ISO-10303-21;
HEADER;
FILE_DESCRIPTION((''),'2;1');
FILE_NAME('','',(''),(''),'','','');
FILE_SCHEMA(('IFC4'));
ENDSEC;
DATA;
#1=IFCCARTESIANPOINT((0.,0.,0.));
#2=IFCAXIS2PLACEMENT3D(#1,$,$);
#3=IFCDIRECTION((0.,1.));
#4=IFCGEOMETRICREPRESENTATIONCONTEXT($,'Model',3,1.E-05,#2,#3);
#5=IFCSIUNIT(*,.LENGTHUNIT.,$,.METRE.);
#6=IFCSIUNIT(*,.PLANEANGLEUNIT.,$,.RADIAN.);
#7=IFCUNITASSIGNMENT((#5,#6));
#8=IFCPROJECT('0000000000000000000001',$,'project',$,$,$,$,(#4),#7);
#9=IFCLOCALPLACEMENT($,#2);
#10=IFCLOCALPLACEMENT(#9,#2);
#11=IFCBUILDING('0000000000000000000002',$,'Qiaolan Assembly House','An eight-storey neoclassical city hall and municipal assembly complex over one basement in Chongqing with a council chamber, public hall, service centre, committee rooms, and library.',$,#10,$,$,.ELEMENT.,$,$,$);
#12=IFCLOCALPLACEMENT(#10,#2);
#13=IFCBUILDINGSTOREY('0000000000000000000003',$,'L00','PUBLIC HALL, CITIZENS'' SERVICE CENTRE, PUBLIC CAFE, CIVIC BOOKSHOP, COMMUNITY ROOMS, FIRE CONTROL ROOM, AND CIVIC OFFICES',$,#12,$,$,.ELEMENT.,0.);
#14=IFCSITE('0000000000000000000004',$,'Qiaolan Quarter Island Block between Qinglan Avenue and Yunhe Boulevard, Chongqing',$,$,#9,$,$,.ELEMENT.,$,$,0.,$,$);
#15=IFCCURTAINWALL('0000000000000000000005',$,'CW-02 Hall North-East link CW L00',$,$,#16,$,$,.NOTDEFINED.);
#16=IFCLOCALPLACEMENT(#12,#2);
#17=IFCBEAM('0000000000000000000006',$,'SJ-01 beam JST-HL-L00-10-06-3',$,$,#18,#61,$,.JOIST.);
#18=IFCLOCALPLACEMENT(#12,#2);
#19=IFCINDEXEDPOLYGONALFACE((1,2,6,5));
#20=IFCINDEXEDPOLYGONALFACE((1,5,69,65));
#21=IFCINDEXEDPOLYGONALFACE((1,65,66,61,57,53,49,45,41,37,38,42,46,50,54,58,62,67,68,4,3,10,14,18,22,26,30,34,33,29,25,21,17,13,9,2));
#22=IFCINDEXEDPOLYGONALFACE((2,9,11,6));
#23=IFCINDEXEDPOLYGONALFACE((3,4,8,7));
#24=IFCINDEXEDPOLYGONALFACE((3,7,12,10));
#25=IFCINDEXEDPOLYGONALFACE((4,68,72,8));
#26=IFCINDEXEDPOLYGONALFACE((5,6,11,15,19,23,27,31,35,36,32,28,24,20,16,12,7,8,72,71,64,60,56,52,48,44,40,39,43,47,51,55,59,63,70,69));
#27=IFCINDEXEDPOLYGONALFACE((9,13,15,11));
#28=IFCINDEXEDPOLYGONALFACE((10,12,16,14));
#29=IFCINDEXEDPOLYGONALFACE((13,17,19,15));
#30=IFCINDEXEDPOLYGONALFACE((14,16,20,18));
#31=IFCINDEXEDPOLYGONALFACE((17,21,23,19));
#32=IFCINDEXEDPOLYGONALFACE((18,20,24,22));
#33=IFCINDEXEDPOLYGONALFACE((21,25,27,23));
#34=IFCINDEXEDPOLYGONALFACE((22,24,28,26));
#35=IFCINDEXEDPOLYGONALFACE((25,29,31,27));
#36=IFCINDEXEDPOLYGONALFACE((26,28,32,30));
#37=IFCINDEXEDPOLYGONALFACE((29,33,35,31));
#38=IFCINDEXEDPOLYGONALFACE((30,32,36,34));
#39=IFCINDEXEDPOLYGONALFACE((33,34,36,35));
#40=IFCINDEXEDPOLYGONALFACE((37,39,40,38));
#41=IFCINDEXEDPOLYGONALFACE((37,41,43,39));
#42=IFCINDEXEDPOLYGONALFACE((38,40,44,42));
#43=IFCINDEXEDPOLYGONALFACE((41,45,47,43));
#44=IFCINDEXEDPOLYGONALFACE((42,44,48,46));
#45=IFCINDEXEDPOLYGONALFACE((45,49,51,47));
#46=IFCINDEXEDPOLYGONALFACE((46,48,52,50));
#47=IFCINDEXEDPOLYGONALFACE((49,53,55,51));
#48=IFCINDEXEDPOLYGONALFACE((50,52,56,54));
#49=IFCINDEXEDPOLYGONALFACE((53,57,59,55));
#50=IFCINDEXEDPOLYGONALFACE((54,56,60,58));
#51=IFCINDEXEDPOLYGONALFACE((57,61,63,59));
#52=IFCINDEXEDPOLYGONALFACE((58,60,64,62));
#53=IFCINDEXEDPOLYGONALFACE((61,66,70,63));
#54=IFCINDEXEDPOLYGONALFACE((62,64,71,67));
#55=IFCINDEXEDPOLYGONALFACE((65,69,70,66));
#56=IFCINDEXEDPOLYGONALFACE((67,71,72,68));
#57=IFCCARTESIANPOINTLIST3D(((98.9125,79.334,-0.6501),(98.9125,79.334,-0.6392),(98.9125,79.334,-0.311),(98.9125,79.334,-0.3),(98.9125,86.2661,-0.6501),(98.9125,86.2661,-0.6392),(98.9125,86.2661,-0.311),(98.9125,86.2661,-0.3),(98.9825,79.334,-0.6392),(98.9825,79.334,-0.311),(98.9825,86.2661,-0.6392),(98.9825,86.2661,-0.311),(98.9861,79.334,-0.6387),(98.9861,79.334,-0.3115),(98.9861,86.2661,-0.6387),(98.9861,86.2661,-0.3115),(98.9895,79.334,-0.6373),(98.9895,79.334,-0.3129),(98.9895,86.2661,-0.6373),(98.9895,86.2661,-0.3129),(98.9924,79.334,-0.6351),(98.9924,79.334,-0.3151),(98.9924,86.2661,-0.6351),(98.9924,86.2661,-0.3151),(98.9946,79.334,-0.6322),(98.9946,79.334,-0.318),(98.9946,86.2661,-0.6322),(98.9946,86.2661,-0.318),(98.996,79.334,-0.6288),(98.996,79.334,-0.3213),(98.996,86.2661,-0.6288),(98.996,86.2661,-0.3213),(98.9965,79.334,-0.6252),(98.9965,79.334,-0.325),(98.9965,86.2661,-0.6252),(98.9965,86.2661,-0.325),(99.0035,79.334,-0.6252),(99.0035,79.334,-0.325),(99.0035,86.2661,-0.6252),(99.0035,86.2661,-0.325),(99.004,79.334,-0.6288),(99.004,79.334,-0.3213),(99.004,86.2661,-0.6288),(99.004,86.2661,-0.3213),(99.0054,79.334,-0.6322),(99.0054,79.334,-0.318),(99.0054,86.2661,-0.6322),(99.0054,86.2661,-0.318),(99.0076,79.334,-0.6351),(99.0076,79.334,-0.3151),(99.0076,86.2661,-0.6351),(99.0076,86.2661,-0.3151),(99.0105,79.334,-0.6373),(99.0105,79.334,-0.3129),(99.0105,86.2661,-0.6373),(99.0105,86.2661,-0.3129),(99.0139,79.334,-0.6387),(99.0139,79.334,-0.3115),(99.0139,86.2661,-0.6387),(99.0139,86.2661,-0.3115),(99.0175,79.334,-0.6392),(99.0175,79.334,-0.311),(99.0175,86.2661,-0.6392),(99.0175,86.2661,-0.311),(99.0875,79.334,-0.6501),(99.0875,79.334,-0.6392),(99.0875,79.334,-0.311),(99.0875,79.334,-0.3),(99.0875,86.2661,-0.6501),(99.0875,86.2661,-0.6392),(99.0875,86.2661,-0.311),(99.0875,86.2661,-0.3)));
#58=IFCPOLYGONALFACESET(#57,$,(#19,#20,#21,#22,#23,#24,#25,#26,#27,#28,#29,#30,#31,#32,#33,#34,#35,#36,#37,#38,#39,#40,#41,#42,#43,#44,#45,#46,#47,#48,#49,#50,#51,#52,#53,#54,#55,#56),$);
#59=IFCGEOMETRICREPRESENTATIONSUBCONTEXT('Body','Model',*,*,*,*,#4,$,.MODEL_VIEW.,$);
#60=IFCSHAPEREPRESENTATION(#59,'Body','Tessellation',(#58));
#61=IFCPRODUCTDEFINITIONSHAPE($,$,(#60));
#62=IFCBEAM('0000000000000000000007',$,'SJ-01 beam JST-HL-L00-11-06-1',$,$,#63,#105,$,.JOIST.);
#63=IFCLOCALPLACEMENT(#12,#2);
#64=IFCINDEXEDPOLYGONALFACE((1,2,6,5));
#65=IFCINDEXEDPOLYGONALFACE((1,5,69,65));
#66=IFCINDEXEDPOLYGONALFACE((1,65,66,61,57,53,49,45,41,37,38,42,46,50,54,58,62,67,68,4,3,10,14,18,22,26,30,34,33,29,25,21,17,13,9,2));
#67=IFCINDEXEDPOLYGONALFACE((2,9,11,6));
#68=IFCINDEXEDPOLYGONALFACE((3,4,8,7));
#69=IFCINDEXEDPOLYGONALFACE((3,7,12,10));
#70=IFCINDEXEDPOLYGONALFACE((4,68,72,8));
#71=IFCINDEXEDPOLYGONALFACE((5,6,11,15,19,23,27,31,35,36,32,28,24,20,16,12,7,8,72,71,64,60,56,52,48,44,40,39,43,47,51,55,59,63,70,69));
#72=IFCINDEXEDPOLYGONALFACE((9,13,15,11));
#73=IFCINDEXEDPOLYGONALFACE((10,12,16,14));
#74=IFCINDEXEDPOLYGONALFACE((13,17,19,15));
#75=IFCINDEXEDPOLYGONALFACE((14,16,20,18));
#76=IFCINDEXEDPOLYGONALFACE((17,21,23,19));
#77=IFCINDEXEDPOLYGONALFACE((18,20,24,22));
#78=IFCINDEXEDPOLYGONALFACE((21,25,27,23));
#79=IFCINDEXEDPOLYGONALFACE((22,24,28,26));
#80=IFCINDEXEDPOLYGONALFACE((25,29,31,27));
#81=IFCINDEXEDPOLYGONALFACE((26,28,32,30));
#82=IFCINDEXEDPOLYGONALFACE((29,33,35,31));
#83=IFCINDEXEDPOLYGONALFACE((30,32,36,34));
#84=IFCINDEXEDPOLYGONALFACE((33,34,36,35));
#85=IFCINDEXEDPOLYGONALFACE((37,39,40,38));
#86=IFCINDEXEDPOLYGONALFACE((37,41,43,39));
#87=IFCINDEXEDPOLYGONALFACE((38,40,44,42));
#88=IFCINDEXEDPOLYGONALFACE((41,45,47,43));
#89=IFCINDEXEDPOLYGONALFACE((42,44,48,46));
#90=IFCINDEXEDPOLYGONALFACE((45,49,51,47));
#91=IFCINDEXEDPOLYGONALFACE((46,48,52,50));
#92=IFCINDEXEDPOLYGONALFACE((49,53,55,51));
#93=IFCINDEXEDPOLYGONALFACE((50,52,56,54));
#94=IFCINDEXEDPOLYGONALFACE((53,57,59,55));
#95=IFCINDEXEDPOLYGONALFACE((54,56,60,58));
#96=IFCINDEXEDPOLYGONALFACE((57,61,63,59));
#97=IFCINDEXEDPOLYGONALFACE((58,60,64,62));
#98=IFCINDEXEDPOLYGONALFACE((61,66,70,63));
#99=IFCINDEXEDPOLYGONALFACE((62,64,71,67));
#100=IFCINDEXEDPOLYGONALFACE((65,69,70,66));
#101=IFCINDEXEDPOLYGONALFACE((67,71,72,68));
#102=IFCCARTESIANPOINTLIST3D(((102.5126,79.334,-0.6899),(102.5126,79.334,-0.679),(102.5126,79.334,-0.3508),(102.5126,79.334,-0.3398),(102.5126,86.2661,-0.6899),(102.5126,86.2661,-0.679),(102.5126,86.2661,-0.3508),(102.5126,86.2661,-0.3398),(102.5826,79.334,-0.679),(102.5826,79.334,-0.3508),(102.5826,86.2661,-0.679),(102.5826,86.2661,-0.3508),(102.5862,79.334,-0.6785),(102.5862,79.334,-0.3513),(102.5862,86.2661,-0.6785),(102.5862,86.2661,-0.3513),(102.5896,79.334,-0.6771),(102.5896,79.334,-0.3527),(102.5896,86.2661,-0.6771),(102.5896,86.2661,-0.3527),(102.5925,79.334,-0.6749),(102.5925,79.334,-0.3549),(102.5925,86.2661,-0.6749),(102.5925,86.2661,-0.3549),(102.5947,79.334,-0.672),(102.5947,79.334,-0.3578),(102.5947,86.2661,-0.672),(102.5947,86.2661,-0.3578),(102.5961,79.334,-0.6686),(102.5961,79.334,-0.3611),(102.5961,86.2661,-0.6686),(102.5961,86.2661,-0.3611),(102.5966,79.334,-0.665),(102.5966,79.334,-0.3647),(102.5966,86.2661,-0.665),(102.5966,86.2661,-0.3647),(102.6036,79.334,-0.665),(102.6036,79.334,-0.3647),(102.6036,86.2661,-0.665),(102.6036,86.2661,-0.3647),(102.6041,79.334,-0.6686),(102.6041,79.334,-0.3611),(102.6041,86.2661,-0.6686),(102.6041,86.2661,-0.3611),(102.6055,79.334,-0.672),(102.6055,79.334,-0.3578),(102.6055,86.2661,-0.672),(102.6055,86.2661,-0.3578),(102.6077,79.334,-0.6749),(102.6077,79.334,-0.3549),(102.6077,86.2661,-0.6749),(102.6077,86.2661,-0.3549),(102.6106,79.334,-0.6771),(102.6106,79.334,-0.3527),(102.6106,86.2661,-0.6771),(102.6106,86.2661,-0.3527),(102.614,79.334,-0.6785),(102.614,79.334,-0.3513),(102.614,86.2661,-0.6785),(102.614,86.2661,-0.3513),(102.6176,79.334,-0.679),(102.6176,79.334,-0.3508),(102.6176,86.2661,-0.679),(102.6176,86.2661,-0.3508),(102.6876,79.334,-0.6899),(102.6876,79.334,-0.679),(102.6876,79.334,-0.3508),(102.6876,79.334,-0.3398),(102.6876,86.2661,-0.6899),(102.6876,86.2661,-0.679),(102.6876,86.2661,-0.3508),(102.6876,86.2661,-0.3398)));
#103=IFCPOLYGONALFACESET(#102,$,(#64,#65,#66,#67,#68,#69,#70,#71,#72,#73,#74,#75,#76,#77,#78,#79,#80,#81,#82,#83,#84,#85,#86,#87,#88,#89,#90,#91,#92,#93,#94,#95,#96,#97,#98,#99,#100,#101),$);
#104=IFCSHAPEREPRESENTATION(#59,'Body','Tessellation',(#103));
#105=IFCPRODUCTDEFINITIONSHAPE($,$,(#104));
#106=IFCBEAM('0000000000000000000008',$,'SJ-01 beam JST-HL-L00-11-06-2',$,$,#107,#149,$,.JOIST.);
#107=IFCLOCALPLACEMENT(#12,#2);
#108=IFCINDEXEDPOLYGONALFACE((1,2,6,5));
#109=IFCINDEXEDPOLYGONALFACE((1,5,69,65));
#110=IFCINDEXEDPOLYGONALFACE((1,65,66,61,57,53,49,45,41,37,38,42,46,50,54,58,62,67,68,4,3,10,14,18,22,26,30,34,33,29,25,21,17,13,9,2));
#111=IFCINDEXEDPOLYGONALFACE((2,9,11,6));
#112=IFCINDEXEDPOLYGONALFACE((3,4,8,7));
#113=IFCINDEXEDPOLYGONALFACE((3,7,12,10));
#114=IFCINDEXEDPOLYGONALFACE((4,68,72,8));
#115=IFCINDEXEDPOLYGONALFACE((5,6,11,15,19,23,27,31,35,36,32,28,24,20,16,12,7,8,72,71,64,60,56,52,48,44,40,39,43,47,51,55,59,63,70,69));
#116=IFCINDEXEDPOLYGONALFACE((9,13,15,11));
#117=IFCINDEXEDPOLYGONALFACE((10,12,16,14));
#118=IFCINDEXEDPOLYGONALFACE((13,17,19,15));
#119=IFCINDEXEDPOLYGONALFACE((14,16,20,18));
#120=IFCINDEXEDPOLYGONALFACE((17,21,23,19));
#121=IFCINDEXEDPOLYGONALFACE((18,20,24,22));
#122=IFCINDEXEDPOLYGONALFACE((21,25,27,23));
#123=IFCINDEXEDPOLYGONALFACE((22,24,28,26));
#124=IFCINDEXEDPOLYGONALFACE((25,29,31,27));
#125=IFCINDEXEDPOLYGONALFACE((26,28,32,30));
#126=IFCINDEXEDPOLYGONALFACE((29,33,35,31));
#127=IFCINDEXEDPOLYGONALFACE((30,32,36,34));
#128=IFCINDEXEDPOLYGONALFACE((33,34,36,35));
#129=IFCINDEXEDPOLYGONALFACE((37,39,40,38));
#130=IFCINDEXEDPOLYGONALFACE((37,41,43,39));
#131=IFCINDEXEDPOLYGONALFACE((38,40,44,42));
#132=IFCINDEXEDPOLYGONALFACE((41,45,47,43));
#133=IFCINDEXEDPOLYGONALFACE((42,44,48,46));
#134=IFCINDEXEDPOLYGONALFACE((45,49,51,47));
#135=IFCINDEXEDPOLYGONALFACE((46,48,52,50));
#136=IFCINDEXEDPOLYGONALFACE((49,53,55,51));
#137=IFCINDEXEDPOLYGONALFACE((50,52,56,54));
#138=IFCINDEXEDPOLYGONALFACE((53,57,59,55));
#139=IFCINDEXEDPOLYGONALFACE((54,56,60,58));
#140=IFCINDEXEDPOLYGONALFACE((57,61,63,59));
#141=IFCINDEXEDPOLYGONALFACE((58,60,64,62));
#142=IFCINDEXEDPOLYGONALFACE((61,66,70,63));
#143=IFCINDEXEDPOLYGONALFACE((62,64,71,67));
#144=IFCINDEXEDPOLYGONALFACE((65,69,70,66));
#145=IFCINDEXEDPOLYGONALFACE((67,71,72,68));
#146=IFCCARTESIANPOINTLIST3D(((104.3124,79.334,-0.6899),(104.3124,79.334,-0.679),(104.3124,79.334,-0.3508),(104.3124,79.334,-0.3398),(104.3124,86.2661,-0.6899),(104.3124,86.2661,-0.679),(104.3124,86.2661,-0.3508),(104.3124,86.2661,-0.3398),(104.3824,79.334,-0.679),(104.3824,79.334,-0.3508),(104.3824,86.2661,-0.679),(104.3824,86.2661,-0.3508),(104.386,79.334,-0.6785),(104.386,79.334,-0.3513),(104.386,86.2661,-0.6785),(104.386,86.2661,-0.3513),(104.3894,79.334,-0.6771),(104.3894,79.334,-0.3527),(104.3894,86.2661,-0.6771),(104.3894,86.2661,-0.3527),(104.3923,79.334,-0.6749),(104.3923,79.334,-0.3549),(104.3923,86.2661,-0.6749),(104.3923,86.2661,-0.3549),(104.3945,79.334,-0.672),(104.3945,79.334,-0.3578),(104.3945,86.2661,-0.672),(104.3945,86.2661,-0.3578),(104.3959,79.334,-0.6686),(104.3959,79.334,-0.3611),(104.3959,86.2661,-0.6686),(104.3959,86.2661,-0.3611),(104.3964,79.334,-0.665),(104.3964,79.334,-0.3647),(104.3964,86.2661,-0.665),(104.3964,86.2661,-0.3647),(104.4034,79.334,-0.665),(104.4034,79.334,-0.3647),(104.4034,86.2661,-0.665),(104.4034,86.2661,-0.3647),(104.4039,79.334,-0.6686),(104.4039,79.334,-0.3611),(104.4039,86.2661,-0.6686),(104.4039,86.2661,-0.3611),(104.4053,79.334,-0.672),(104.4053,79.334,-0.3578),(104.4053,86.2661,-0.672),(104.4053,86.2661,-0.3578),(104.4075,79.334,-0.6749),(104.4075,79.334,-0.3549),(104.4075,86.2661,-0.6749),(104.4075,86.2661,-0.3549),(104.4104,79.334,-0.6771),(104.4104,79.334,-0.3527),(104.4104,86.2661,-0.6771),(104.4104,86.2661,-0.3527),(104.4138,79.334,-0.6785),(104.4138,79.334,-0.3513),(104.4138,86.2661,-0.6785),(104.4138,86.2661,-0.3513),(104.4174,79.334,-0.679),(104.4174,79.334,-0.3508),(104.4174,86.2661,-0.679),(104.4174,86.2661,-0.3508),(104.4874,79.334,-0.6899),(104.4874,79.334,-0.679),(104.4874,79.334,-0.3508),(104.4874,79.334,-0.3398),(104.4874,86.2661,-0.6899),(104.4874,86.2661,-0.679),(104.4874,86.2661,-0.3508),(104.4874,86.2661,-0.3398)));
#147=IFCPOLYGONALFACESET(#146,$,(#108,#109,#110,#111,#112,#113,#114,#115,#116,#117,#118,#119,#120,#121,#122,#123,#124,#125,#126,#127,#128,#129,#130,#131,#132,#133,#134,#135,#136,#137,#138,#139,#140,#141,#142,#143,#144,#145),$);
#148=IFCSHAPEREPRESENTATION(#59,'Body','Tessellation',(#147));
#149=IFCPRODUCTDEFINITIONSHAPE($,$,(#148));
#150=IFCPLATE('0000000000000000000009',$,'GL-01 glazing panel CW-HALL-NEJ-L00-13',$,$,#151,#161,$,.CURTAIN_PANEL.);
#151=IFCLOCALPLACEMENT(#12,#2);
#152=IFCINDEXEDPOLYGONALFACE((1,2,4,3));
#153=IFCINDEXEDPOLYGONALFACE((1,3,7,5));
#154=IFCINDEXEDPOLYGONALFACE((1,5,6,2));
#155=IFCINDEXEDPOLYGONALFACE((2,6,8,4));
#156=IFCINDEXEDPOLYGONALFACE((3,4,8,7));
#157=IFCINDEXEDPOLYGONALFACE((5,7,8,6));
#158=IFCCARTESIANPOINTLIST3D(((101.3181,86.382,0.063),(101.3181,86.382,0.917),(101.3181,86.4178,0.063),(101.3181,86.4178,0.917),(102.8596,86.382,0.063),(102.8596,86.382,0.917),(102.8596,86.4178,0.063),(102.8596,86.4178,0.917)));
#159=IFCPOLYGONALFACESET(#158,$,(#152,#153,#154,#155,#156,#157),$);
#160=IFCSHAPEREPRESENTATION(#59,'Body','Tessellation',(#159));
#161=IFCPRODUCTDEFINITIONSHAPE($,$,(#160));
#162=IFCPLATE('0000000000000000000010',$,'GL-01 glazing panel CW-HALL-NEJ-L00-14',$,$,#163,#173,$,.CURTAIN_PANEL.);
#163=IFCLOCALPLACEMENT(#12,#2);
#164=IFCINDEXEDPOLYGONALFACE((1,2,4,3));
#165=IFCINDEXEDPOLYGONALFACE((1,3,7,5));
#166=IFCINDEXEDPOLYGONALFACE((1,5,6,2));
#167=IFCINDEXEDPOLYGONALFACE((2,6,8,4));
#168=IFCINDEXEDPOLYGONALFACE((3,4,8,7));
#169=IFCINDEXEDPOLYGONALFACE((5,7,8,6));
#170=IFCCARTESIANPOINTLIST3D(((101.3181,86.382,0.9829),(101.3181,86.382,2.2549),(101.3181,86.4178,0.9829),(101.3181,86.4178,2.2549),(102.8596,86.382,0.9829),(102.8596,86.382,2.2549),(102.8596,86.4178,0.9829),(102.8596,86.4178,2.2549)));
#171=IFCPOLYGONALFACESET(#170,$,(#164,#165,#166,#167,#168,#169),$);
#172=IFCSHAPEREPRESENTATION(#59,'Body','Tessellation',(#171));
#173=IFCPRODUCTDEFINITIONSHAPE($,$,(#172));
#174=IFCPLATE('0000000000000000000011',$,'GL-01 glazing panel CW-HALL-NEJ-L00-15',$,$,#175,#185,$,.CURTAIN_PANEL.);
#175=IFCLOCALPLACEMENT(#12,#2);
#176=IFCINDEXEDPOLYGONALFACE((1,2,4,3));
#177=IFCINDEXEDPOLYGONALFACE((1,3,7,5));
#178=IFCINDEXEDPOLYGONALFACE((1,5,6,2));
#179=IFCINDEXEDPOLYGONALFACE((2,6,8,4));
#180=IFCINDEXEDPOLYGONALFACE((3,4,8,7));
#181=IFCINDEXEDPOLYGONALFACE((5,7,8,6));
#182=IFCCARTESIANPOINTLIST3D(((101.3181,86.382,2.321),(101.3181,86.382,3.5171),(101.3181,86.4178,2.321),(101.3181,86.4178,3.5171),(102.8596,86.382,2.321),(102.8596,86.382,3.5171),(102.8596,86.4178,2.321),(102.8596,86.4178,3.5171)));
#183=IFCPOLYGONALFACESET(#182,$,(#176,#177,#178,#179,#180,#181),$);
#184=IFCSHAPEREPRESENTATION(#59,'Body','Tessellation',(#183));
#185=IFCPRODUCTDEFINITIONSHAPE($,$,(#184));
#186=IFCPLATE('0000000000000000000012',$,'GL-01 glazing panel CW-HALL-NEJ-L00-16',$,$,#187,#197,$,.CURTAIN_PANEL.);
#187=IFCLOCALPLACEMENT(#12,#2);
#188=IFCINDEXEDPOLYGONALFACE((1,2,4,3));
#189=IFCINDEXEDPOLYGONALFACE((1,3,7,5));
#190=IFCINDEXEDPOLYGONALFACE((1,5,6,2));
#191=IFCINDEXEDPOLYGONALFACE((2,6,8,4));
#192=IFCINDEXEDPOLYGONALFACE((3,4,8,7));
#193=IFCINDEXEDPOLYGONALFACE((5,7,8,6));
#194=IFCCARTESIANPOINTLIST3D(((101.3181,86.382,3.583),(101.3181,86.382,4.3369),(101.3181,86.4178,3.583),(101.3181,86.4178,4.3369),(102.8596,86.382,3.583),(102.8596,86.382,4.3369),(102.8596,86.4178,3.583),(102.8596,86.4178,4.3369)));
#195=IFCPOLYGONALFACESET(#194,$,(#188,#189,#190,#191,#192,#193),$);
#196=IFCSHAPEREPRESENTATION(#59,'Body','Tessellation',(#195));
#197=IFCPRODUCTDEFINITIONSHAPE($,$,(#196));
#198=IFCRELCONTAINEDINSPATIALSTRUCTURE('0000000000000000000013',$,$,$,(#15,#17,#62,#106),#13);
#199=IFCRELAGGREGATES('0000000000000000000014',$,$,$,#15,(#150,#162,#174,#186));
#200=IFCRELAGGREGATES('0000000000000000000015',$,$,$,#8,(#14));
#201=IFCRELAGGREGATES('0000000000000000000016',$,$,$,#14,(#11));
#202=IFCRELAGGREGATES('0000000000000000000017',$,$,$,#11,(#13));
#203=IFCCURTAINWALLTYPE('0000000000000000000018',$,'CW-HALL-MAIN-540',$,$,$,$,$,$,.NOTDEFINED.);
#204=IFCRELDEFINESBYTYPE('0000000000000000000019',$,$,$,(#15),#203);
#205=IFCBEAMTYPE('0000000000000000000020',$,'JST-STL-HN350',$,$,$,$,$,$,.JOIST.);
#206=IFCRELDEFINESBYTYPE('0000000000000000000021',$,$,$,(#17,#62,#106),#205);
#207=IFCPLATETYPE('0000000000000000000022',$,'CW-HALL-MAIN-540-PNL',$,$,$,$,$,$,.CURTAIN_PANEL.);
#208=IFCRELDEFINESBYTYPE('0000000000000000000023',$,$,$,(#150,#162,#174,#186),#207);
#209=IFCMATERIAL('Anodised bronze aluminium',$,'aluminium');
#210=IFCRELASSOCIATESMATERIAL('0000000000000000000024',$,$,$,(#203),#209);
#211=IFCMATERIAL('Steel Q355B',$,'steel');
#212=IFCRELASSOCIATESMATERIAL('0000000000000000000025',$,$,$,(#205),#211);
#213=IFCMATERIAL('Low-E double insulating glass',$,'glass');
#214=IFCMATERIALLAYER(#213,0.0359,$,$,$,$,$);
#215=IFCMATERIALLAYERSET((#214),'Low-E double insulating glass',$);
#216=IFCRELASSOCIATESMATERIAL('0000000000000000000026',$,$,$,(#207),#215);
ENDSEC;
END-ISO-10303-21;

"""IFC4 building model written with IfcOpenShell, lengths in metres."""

from ifc_helpers import new_model, si_unit, direction, frame, frame_2d, origin, origin_2d, place, context, subcontext, project, spatial, rectangle, i_section, extrude, material, layer, layer_set, material_profile, profile_set, type_object, element, aggregate, save


model = new_model("IFC4")

# Units and contexts
model_context = context("Model", 3, precision=1e-05, world=origin(), true_north=direction((0.0, 1.0)))
body_context = subcontext(model_context, "Body", "Model", "MODEL_VIEW")
ifc_project = project(units=[si_unit("LENGTHUNIT", "METRE"), si_unit("PLANEANGLEUNIT", "RADIAN")], contexts=[model_context])

# Site, building, storey
site_placement = place(None, origin())
site = spatial("IfcSite", under=ifc_project, at=site_placement, Name="Qiaolan Quarter Island Block between Qinglan Avenue and Yunhe Boulevard, Chongqing", CompositionType="ELEMENT", RefElevation=0.0)
building_placement = place(site_placement, origin())
building = spatial("IfcBuilding", under=site, at=building_placement, Name="Qiaolan Assembly House", Description="An eight-storey neoclassical city hall and municipal assembly complex over one basement in Chongqing with a council chamber, public hall, service centre, committee rooms, and library.", CompositionType="ELEMENT")
storey_placement = place(building_placement, origin())
storey = spatial("IfcBuildingStorey", under=building, at=storey_placement, Name="L00", Description="PUBLIC HALL, CITIZENS' SERVICE CENTRE, PUBLIC CAFE, CIVIC BOOKSHOP, COMMUNITY ROOMS, FIRE CONTROL ROOM, AND CIVIC OFFICES", CompositionType="ELEMENT", Elevation=0.0)

# Shared definitions
ifc_material_1 = material(Name="Steel Q355B", Category="steel")

# Curtain wall
ifc_material_2 = material(Name="Anodised bronze aluminium", Category="aluminium")
curtain_wall_type = type_object("IfcCurtainWallType", Name="CW-HALL-MAIN-540", PredefinedType="NOTDEFINED", material=ifc_material_2)
curtain_wall_placement = place(storey_placement, origin())
curtain_wall = element("IfcCurtainWall", 1, at=curtain_wall_placement, inside=storey, type_object=curtain_wall_type, Name="CW-02 Hall North-East link CW L00", PredefinedType="NOTDEFINED")

# Beams
ifc_material_profile_1 = material_profile(ifc_material_1, i_section(OverallWidth=0.175, OverallDepth=0.3501, WebThickness=0.0071, FlangeThickness=0.011, FilletRadius=0.0139, at=origin_2d()), Name="HN 350x175x7x11")
ifc_profile_set_1 = profile_set([ifc_material_profile_1], Name="Steel Q355B")
beam_type_1 = type_object("IfcBeamType", Name="JST-STL-HN350", PredefinedType="JOIST", material=ifc_profile_set_1)
for number, where, z_axis, x_axis, name in (
    (2, (99.0, 79.334, -0.4751), (0.0, 1.0, 0.0), (-1.0, 0.0, 0.0), "SJ-01 beam JST-HL-L00-10-06-3"),
    (3, (102.6001, 79.334, -0.5149), (0.0, 1.0, 0.0), (-1.0, 0.0, 0.0), "SJ-01 beam JST-HL-L00-11-06-1"),
    (4, (104.3999, 79.334, -0.5149), (0.0, 1.0, 0.0), (-1.0, 0.0, 0.0), "SJ-01 beam JST-HL-L00-11-06-2"),
):
    element("IfcBeam", number, at=place(storey_placement, frame(where, z_axis=z_axis, x_axis=x_axis)), inside=storey, type_object=beam_type_1, Name=name, PredefinedType="JOIST", context=body_context, shape_type="SweptSolid", body=[
        extrude(i_section(OverallWidth=0.175, OverallDepth=0.3501, WebThickness=0.0071, FlangeThickness=0.011, FilletRadius=0.0139, at=origin_2d()), origin(), (0.0, 0.0, 1.0), 6.9321),
    ])

# Plates
ifc_material_3 = material(Name="Low-E double insulating glass", Category="glass")
ifc_layer = layer(ifc_material_3, 0.0359)
ifc_layer_set = layer_set([ifc_layer], Name="Low-E double insulating glass")
plate_type = type_object("IfcPlateType", Name="CW-HALL-MAIN-540-PNL", PredefinedType="CURTAIN_PANEL", material=ifc_layer_set)
plate_1_placement = place(storey_placement, frame((102.8596, 86.3999, 0.063), z_axis=(0.0, 0.0, 1.0), x_axis=(-1.0, 0.0, 0.0)))
plate_1 = element("IfcPlate", 5, at=plate_1_placement, type_object=plate_type, Name="GL-01 glazing panel CW-HALL-NEJ-L00-13", PredefinedType="CURTAIN_PANEL", context=body_context, shape_type="SweptSolid", body=[
    extrude(rectangle(XDim=1.5415, YDim=0.0359, at=frame_2d((0.7708, 0.0))), origin(), (0.0, 0.0, 1.0), 0.854),
])
plate_2_placement = place(storey_placement, frame((102.8596, 86.3999, 0.9829), z_axis=(0.0, 0.0, 1.0), x_axis=(-1.0, 0.0, 0.0)))
plate_2 = element("IfcPlate", 6, at=plate_2_placement, type_object=plate_type, Name="GL-01 glazing panel CW-HALL-NEJ-L00-14", PredefinedType="CURTAIN_PANEL", context=body_context, shape_type="SweptSolid", body=[
    extrude(rectangle(XDim=1.5415, YDim=0.0359, at=frame_2d((0.7708, 0.0))), origin(), (0.0, 0.0, 1.0), 1.272),
])
plate_3_placement = place(storey_placement, frame((102.8596, 86.3999, 2.321), z_axis=(0.0, 0.0, 1.0), x_axis=(-1.0, 0.0, 0.0)))
plate_3 = element("IfcPlate", 7, at=plate_3_placement, type_object=plate_type, Name="GL-01 glazing panel CW-HALL-NEJ-L00-15", PredefinedType="CURTAIN_PANEL", context=body_context, shape_type="SweptSolid", body=[
    extrude(rectangle(XDim=1.5415, YDim=0.0359, at=frame_2d((0.7708, 0.0))), origin(), (0.0, 0.0, 1.0), 1.196),
])
plate_4_placement = place(storey_placement, frame((102.8596, 86.3999, 3.583), z_axis=(0.0, 0.0, 1.0), x_axis=(-1.0, 0.0, 0.0)))
plate_4 = element("IfcPlate", 8, at=plate_4_placement, type_object=plate_type, Name="GL-01 glazing panel CW-HALL-NEJ-L00-16", PredefinedType="CURTAIN_PANEL", context=body_context, shape_type="SweptSolid", body=[
    extrude(rectangle(XDim=1.5415, YDim=0.0359, at=frame_2d((0.7708, 0.0))), origin(), (0.0, 0.0, 1.0), 0.7539),
])
aggregate(curtain_wall, [plate_1, plate_2, plate_3, plate_4])

save(model, "model.ifc")
